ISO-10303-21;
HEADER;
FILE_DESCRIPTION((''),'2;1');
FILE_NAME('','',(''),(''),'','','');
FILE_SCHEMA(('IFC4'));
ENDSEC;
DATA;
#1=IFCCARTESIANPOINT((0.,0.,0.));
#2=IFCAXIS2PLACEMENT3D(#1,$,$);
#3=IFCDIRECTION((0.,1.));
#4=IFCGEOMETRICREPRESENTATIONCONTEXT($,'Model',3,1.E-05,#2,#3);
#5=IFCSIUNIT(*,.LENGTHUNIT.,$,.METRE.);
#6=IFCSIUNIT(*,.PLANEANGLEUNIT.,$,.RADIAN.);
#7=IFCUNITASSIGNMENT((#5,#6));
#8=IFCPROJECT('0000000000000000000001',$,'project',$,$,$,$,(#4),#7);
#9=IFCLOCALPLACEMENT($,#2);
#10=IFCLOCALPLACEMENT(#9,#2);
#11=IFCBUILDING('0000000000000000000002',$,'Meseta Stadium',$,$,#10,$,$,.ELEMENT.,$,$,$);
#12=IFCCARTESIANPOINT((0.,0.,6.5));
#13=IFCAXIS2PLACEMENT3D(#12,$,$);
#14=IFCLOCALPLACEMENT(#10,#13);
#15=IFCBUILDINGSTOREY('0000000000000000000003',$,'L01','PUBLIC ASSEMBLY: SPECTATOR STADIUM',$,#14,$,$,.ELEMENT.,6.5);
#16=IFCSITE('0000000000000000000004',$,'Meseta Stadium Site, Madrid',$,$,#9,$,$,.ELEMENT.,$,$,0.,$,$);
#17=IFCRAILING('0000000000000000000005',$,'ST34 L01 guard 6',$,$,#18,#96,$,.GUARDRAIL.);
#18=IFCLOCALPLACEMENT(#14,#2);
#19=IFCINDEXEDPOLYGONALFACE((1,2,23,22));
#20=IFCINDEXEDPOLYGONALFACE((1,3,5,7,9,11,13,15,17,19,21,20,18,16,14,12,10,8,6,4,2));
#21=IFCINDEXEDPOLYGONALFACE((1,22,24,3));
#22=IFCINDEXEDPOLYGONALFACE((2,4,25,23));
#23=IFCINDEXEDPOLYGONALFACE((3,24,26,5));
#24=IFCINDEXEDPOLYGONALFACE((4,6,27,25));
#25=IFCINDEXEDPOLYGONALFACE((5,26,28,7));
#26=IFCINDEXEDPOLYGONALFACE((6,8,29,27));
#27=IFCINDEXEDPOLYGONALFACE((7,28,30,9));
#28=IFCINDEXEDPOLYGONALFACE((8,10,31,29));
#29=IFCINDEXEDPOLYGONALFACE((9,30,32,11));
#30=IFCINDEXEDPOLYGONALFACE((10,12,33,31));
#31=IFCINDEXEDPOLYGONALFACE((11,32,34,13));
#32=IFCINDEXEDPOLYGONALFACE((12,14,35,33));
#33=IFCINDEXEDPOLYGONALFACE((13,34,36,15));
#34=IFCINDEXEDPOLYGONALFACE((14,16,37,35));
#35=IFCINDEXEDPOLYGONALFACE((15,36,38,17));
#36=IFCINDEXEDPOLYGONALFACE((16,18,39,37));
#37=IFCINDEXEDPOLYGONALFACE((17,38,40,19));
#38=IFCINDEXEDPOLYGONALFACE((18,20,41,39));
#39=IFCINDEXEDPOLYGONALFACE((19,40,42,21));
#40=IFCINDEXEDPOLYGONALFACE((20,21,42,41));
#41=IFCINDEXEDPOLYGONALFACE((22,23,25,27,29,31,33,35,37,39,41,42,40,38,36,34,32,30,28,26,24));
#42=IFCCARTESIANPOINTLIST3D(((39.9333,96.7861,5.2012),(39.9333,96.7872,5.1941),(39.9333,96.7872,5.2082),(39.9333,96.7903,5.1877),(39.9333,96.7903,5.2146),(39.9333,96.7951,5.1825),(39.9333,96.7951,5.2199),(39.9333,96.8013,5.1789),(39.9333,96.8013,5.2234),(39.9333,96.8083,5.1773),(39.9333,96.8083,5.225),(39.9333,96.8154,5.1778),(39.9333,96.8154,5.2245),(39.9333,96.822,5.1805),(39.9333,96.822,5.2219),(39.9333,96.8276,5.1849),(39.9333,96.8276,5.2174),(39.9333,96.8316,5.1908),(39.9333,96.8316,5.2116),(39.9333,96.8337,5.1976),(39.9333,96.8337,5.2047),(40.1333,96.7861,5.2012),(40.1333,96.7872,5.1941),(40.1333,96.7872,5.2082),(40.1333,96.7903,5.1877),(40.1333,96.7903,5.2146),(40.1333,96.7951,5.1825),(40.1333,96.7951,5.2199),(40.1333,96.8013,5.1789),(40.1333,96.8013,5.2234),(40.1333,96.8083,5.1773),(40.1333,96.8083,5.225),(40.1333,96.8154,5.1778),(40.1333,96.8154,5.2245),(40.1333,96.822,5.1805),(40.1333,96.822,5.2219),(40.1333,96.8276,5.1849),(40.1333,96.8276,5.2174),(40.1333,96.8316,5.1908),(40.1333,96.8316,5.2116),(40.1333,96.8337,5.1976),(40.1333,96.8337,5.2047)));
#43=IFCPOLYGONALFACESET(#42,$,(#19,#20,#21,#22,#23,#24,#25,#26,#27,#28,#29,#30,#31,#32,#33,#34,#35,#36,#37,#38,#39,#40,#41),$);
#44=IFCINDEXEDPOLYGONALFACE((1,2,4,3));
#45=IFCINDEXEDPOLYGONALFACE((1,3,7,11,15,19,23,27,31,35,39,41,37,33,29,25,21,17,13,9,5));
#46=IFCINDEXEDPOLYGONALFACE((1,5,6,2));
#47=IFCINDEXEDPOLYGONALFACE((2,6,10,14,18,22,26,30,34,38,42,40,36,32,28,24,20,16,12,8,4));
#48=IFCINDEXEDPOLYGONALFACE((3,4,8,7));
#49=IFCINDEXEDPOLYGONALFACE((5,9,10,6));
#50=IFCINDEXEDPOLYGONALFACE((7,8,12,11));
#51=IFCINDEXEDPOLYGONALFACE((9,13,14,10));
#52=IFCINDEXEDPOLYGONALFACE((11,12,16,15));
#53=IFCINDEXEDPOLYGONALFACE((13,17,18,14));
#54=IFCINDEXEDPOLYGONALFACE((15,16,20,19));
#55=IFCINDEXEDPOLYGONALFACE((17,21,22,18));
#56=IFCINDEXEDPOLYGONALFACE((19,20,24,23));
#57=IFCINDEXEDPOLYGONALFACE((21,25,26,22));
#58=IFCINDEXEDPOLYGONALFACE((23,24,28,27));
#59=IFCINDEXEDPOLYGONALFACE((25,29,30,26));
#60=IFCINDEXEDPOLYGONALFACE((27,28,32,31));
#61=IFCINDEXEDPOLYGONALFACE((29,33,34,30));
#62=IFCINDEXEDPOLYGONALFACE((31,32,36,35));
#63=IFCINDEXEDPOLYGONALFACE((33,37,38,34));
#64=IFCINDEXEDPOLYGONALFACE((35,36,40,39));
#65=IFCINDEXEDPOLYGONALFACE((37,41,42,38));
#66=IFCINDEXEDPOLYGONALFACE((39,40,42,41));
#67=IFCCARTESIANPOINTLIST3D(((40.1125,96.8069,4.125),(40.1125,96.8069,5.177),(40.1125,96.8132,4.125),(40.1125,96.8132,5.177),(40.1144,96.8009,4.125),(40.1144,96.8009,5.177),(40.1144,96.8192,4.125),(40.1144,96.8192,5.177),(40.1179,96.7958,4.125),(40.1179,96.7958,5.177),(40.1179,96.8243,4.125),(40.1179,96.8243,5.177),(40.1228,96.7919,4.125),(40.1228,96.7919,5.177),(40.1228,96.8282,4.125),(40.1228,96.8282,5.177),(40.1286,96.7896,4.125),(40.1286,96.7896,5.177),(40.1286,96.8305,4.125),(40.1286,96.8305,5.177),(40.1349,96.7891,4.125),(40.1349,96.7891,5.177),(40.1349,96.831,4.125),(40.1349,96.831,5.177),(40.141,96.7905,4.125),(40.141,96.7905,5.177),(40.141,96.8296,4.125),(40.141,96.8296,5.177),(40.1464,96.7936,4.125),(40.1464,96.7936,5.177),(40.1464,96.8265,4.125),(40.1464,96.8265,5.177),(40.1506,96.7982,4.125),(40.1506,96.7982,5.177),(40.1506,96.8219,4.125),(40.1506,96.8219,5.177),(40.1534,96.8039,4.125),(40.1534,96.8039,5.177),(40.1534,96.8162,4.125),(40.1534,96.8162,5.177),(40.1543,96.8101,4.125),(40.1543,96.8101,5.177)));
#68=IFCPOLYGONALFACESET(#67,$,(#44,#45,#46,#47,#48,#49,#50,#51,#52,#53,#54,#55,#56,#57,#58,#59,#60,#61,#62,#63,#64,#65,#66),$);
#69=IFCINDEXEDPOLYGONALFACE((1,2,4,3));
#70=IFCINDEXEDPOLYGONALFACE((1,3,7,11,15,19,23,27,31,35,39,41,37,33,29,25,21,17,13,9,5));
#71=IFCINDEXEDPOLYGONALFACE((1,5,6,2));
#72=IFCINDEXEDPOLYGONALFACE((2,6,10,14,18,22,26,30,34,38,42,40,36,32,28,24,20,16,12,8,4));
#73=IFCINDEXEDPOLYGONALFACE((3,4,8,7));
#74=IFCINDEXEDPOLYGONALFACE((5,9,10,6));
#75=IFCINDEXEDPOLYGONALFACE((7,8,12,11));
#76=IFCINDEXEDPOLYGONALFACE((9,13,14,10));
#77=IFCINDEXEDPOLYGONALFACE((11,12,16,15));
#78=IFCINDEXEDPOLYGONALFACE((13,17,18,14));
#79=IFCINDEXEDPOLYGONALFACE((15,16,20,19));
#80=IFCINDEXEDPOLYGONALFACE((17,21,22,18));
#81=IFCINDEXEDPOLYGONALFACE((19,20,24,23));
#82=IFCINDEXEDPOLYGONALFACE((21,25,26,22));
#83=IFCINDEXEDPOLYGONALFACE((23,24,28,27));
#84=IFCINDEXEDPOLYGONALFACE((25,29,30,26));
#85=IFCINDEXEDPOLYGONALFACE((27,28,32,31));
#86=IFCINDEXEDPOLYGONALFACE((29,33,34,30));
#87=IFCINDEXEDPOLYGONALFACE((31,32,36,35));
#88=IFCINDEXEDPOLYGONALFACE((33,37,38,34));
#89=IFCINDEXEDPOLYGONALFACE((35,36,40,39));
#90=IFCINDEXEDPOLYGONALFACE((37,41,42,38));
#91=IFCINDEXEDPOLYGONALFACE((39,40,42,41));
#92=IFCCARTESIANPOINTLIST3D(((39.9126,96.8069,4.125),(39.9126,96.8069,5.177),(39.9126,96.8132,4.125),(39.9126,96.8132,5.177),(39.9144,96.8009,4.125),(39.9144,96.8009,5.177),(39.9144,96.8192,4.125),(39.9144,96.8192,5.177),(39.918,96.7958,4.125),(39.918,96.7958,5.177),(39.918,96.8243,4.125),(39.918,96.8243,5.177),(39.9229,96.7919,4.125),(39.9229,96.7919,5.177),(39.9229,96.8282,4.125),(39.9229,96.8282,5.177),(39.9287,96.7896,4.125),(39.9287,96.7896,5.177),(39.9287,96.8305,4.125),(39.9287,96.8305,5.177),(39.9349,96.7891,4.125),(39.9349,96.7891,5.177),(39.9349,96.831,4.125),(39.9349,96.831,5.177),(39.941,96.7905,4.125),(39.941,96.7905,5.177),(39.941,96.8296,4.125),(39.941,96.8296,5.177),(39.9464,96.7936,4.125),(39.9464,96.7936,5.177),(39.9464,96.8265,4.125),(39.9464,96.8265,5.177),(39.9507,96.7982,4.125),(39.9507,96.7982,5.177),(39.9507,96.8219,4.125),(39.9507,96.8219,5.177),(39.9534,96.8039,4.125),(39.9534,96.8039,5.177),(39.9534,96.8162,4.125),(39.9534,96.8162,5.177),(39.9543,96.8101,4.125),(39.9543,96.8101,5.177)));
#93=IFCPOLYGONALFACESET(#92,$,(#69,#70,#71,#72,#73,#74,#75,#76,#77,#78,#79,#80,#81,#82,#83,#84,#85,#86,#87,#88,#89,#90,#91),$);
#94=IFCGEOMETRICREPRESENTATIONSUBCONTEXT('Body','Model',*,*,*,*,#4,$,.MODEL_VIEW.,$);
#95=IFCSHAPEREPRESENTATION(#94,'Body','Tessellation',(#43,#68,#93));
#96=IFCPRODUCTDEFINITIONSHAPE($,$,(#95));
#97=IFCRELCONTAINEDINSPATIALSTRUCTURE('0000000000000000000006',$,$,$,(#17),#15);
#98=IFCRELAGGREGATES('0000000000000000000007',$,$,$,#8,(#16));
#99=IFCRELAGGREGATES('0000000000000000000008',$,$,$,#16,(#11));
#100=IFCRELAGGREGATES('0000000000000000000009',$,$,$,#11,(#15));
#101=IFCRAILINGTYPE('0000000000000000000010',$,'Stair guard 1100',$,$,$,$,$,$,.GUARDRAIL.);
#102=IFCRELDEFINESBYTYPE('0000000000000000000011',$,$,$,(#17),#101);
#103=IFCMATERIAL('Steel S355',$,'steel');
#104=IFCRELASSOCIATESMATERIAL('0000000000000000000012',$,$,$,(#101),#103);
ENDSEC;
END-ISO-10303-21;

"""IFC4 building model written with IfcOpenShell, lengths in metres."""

from ifc_helpers import new_model, si_unit, direction, frame, origin, origin_2d, place, context, subcontext, project, spatial, circle, extrude, material, type_object, element, save


model = new_model("IFC4")

# Units and contexts
model_context = context("Model", 3, precision=1e-05, world=origin(), true_north=direction((0.0, 1.0)))
body_context = subcontext(model_context, "Body", "Model", "MODEL_VIEW")
ifc_project = project(units=[si_unit("LENGTHUNIT", "METRE"), si_unit("PLANEANGLEUNIT", "RADIAN")], contexts=[model_context])

# Site, building, storey
site_placement = place(None, origin())
site = spatial("IfcSite", under=ifc_project, at=site_placement, Name="Meseta Stadium Site, Madrid", CompositionType="ELEMENT", RefElevation=0.0)
building_placement = place(site_placement, origin())
building = spatial("IfcBuilding", under=site, at=building_placement, Name="Meseta Stadium", CompositionType="ELEMENT")
storey_placement = place(building_placement, frame((0.0, 0.0, 6.5)))
storey = spatial("IfcBuildingStorey", under=building, at=storey_placement, Name="L01", Description="PUBLIC ASSEMBLY: SPECTATOR STADIUM", CompositionType="ELEMENT", Elevation=6.5)

# Railing
ifc_material_1 = material(Name="Steel S355", Category="steel")
railing_type_1 = type_object("IfcRailingType", Name="Stair guard 1100", PredefinedType="GUARDRAIL", material=ifc_material_1)
railing_1_placement = place(storey_placement, frame((40.1333, 96.8101, 4.125)))
element("IfcRailing", 1, at=railing_1_placement, inside=storey, type_object=railing_type_1, Name="ST34 L01 guard 6", PredefinedType="GUARDRAIL", context=body_context, shape_type="SweptSolid", body=[
    extrude(circle(Radius=0.0239, at=origin_2d()), frame((0.0, 0.0, 1.0762), z_axis=(-1.0, 0.0, 0.0), x_axis=(0.0, -1.0, 0.0)), (0.0, 0.0, 1.0), 0.2),
    extrude(circle(Radius=0.021, at=origin_2d()), origin(), (0.0, 0.0, 1.0), 1.052),
    extrude(circle(Radius=0.021, at=origin_2d()), frame((-0.2, 0.0, 0.0)), (0.0, 0.0, 1.0), 1.052),
])

save(model, "model.ifc")
